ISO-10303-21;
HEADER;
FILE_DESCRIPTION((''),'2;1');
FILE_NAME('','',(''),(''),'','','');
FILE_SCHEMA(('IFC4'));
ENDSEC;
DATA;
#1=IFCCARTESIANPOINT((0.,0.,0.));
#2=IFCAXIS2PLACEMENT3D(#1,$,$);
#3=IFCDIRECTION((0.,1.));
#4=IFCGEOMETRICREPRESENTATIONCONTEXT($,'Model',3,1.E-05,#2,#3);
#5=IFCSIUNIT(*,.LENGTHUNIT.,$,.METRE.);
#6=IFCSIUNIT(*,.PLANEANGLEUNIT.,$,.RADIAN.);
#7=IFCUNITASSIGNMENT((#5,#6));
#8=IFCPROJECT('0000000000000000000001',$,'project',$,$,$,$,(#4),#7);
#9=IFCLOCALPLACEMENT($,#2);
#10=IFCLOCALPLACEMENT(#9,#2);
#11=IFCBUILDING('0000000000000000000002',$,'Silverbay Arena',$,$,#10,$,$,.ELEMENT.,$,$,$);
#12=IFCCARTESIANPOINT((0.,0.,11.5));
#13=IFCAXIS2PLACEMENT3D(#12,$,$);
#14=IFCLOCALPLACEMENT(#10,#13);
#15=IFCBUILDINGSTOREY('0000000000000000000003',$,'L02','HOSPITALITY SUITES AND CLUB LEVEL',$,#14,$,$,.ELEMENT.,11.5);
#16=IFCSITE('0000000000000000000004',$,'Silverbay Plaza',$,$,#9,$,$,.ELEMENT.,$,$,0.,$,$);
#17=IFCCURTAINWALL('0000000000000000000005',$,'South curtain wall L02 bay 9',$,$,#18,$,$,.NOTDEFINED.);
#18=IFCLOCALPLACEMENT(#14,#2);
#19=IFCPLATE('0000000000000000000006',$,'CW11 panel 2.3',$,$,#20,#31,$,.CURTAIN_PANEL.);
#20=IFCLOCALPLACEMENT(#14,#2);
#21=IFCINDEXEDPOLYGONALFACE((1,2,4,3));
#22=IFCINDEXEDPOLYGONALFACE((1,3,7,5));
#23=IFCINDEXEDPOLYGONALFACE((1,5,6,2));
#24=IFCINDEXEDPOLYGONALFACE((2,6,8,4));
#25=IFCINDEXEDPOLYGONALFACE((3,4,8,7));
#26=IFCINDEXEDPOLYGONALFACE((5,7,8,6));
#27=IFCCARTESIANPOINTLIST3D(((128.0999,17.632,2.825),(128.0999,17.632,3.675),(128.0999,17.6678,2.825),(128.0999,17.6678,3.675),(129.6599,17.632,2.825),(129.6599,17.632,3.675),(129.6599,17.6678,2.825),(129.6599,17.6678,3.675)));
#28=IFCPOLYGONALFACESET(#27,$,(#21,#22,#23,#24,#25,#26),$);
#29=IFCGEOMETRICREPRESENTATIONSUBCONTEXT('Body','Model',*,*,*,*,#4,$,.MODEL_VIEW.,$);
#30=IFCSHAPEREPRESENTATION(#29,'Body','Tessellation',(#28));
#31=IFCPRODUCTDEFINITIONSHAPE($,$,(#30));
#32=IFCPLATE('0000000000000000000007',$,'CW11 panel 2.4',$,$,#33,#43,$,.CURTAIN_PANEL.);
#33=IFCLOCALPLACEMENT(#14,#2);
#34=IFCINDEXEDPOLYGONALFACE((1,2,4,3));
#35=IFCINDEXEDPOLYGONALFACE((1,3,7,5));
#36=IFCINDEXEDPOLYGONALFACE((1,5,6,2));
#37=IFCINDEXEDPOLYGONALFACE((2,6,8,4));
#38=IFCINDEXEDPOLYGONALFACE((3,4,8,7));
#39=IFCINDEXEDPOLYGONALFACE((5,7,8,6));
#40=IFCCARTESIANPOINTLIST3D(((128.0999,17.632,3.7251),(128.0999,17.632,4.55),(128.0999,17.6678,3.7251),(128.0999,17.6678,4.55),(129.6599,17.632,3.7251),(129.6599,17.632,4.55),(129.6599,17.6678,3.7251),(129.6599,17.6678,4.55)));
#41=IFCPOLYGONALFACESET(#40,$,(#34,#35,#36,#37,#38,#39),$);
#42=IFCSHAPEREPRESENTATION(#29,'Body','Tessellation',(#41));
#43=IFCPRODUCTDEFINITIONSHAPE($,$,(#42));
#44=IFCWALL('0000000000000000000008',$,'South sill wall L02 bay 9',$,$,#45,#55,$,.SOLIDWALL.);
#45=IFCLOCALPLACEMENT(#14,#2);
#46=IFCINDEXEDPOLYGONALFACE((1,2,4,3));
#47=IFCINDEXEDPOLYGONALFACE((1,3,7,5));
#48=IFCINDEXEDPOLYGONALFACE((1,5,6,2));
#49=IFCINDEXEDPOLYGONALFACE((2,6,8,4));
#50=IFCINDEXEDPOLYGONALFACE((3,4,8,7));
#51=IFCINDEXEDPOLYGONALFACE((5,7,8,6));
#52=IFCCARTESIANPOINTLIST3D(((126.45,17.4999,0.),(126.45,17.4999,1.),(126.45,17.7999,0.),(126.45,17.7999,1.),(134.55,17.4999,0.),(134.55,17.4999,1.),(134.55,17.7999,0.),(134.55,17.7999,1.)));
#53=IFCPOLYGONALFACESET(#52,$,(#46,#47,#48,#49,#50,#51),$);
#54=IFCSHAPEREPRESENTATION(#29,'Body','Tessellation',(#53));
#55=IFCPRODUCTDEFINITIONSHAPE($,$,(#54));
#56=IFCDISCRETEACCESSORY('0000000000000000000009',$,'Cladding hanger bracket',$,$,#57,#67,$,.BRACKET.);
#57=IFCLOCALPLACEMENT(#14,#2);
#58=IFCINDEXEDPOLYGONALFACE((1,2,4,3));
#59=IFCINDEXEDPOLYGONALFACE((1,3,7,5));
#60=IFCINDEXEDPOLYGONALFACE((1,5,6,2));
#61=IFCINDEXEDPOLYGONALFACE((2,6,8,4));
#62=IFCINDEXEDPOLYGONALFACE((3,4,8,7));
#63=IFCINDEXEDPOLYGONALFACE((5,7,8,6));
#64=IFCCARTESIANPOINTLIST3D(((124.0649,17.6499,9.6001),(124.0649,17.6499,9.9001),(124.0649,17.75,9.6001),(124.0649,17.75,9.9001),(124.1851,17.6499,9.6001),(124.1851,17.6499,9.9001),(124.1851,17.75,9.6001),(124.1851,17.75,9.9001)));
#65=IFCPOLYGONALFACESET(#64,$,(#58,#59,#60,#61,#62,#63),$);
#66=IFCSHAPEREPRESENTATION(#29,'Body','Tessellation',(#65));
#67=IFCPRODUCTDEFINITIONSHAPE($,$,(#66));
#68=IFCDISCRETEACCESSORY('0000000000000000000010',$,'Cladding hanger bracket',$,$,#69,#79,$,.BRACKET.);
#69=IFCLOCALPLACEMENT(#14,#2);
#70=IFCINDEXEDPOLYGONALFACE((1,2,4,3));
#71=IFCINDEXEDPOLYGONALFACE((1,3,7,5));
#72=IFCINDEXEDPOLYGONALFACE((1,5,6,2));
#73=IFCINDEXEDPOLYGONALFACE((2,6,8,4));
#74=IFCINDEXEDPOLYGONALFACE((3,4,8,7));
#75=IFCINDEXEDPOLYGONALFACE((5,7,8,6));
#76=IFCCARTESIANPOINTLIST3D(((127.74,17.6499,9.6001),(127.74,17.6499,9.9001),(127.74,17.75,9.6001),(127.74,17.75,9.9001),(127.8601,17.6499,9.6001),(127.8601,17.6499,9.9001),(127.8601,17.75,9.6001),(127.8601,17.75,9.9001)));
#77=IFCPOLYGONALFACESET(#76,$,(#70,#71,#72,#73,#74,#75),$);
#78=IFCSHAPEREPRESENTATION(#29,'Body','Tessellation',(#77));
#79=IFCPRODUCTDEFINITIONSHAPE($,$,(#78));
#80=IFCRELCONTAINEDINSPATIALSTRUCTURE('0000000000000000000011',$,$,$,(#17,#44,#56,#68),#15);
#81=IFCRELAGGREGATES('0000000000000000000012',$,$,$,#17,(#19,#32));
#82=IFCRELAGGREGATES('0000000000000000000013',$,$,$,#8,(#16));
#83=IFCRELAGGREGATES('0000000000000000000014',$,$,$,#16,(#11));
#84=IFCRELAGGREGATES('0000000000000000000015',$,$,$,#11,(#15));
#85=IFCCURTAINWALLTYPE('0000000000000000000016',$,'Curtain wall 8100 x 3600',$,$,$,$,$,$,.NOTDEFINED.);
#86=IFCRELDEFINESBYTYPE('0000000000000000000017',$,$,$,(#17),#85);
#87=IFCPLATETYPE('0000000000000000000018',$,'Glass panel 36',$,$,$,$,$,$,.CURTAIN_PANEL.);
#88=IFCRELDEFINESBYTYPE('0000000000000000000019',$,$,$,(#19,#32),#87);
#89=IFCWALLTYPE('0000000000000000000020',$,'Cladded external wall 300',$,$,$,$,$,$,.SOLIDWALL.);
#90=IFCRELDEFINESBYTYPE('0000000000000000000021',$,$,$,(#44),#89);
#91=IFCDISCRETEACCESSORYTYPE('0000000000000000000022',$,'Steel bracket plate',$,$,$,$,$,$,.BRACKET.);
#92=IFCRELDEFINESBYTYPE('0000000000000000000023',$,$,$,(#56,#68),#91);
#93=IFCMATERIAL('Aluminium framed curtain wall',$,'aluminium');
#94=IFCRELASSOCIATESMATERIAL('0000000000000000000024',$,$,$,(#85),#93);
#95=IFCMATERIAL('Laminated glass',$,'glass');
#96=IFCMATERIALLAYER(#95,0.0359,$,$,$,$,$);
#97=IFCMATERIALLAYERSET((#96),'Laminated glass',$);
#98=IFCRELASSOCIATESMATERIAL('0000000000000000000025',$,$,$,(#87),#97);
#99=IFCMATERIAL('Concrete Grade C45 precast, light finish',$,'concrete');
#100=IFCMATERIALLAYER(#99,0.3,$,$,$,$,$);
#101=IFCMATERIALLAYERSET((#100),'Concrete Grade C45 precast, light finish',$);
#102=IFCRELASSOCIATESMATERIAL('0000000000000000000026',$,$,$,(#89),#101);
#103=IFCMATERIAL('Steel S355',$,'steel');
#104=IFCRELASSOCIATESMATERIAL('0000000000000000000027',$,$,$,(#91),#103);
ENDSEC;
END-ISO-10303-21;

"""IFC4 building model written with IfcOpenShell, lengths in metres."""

from ifc_helpers import new_model, si_unit, direction, frame, frame_2d, origin, origin_2d, place, context, subcontext, project, spatial, rectangle, extrude, material, layer, layer_set, type_object, element, aggregate, save


model = new_model("IFC4")

# Units and contexts
model_context = context("Model", 3, precision=1e-05, world=origin(), true_north=direction((0.0, 1.0)))
body_context = subcontext(model_context, "Body", "Model", "MODEL_VIEW")
ifc_project = project(units=[si_unit("LENGTHUNIT", "METRE"), si_unit("PLANEANGLEUNIT", "RADIAN")], contexts=[model_context])

# Site, building, storey
site_placement = place(None, origin())
site = spatial("IfcSite", under=ifc_project, at=site_placement, Name="Silverbay Plaza", CompositionType="ELEMENT", RefElevation=0.0)
building_placement = place(site_placement, origin())
building = spatial("IfcBuilding", under=site, at=building_placement, Name="Silverbay Arena", CompositionType="ELEMENT")
storey_placement = place(building_placement, frame((0.0, 0.0, 11.5)))
storey = spatial("IfcBuildingStorey", under=building, at=storey_placement, Name="L02", Description="HOSPITALITY SUITES AND CLUB LEVEL", CompositionType="ELEMENT", Elevation=11.5)

# Curtain wall
ifc_material_1 = material(Name="Aluminium framed curtain wall", Category="aluminium")
curtain_wall_type_1 = type_object("IfcCurtainWallType", Name="Curtain wall 8100 x 3600", PredefinedType="NOTDEFINED", material=ifc_material_1)
curtain_wall_1_placement = place(storey_placement, origin())
curtain_wall_1 = element("IfcCurtainWall", 1, at=curtain_wall_1_placement, inside=storey, type_object=curtain_wall_type_1, Name="South curtain wall L02 bay 9", PredefinedType="NOTDEFINED")

# Plates
ifc_material_2 = material(Name="Laminated glass", Category="glass")
ifc_layer_1 = layer(ifc_material_2, 0.0359)
ifc_layer_set_1 = layer_set([ifc_layer_1], Name="Laminated glass")
plate_type = type_object("IfcPlateType", Name="Glass panel 36", PredefinedType="CURTAIN_PANEL", material=ifc_layer_set_1)
plate_1_placement = place(storey_placement, frame((128.8799, 17.6499, 2.825), z_axis=(0.0, 0.0, 1.0), x_axis=(1.0, 0.0, 0.0)))
plate_1 = element("IfcPlate", 2, at=plate_1_placement, type_object=plate_type, Name="CW11 panel 2.3", PredefinedType="CURTAIN_PANEL", context=body_context, shape_type="SweptSolid", body=[
    extrude(rectangle(XDim=1.5601, YDim=0.0359, at=origin_2d()), origin(), (0.0, 0.0, 1.0), 0.8501),
])
plate_2_placement = place(storey_placement, frame((128.8799, 17.6499, 3.7251), z_axis=(0.0, 0.0, 1.0), x_axis=(1.0, 0.0, 0.0)))
plate_2 = element("IfcPlate", 3, at=plate_2_placement, type_object=plate_type, Name="CW11 panel 2.4", PredefinedType="CURTAIN_PANEL", context=body_context, shape_type="SweptSolid", body=[
    extrude(rectangle(XDim=1.5601, YDim=0.0359, at=origin_2d()), origin(), (0.0, 0.0, 1.0), 0.825),
])
aggregate(curtain_wall_1, [plate_1, plate_2])

# Wall
ifc_material_3 = material(Name="Concrete Grade C45 precast, light finish", Category="concrete")
ifc_layer_2 = layer(ifc_material_3, 0.3)
ifc_layer_set_2 = layer_set([ifc_layer_2], Name="Concrete Grade C45 precast, light finish")
wall_type = type_object("IfcWallType", Name="Cladded external wall 300", PredefinedType="SOLIDWALL", material=ifc_layer_set_2)
wall_placement = place(storey_placement, frame((126.45, 17.6499, 0.0), z_axis=(0.0, 0.0, 1.0), x_axis=(1.0, 0.0, 0.0)))
element("IfcWall", 4, at=wall_placement, inside=storey, type_object=wall_type, Name="South sill wall L02 bay 9", PredefinedType="SOLIDWALL", context=body_context, shape_type="SweptSolid", body=[
    extrude(rectangle(XDim=8.1001, YDim=0.3, at=frame_2d((4.05, 0.0))), origin(), (0.0, 0.0, 1.0), 1.0),
])

# Discrete accessories
ifc_material_4 = material(Name="Steel S355", Category="steel")
discrete_accessory_type = type_object("IfcDiscreteAccessoryType", Name="Steel bracket plate", PredefinedType="BRACKET", material=ifc_material_4)
for number, where, z_axis, x_axis, name in (
    (5, (124.125, 17.7, 9.6001), (0.0, 0.0, 1.0), (1.0, 0.0, 0.0), "Cladding hanger bracket"),
    (6, (127.8, 17.7, 9.6001), (0.0, 0.0, 1.0), (1.0, 0.0, 0.0), "Cladding hanger bracket"),
):
    element("IfcDiscreteAccessory", number, at=place(storey_placement, frame(where, z_axis=z_axis, x_axis=x_axis)), inside=storey, type_object=discrete_accessory_type, Name=name, PredefinedType="BRACKET", context=body_context, shape_type="SweptSolid", body=[
        extrude(rectangle(XDim=0.1201, YDim=0.1001, at=origin_2d()), origin(), (0.0, 0.0, 1.0), 0.3),
    ])

save(model, "model.ifc")
